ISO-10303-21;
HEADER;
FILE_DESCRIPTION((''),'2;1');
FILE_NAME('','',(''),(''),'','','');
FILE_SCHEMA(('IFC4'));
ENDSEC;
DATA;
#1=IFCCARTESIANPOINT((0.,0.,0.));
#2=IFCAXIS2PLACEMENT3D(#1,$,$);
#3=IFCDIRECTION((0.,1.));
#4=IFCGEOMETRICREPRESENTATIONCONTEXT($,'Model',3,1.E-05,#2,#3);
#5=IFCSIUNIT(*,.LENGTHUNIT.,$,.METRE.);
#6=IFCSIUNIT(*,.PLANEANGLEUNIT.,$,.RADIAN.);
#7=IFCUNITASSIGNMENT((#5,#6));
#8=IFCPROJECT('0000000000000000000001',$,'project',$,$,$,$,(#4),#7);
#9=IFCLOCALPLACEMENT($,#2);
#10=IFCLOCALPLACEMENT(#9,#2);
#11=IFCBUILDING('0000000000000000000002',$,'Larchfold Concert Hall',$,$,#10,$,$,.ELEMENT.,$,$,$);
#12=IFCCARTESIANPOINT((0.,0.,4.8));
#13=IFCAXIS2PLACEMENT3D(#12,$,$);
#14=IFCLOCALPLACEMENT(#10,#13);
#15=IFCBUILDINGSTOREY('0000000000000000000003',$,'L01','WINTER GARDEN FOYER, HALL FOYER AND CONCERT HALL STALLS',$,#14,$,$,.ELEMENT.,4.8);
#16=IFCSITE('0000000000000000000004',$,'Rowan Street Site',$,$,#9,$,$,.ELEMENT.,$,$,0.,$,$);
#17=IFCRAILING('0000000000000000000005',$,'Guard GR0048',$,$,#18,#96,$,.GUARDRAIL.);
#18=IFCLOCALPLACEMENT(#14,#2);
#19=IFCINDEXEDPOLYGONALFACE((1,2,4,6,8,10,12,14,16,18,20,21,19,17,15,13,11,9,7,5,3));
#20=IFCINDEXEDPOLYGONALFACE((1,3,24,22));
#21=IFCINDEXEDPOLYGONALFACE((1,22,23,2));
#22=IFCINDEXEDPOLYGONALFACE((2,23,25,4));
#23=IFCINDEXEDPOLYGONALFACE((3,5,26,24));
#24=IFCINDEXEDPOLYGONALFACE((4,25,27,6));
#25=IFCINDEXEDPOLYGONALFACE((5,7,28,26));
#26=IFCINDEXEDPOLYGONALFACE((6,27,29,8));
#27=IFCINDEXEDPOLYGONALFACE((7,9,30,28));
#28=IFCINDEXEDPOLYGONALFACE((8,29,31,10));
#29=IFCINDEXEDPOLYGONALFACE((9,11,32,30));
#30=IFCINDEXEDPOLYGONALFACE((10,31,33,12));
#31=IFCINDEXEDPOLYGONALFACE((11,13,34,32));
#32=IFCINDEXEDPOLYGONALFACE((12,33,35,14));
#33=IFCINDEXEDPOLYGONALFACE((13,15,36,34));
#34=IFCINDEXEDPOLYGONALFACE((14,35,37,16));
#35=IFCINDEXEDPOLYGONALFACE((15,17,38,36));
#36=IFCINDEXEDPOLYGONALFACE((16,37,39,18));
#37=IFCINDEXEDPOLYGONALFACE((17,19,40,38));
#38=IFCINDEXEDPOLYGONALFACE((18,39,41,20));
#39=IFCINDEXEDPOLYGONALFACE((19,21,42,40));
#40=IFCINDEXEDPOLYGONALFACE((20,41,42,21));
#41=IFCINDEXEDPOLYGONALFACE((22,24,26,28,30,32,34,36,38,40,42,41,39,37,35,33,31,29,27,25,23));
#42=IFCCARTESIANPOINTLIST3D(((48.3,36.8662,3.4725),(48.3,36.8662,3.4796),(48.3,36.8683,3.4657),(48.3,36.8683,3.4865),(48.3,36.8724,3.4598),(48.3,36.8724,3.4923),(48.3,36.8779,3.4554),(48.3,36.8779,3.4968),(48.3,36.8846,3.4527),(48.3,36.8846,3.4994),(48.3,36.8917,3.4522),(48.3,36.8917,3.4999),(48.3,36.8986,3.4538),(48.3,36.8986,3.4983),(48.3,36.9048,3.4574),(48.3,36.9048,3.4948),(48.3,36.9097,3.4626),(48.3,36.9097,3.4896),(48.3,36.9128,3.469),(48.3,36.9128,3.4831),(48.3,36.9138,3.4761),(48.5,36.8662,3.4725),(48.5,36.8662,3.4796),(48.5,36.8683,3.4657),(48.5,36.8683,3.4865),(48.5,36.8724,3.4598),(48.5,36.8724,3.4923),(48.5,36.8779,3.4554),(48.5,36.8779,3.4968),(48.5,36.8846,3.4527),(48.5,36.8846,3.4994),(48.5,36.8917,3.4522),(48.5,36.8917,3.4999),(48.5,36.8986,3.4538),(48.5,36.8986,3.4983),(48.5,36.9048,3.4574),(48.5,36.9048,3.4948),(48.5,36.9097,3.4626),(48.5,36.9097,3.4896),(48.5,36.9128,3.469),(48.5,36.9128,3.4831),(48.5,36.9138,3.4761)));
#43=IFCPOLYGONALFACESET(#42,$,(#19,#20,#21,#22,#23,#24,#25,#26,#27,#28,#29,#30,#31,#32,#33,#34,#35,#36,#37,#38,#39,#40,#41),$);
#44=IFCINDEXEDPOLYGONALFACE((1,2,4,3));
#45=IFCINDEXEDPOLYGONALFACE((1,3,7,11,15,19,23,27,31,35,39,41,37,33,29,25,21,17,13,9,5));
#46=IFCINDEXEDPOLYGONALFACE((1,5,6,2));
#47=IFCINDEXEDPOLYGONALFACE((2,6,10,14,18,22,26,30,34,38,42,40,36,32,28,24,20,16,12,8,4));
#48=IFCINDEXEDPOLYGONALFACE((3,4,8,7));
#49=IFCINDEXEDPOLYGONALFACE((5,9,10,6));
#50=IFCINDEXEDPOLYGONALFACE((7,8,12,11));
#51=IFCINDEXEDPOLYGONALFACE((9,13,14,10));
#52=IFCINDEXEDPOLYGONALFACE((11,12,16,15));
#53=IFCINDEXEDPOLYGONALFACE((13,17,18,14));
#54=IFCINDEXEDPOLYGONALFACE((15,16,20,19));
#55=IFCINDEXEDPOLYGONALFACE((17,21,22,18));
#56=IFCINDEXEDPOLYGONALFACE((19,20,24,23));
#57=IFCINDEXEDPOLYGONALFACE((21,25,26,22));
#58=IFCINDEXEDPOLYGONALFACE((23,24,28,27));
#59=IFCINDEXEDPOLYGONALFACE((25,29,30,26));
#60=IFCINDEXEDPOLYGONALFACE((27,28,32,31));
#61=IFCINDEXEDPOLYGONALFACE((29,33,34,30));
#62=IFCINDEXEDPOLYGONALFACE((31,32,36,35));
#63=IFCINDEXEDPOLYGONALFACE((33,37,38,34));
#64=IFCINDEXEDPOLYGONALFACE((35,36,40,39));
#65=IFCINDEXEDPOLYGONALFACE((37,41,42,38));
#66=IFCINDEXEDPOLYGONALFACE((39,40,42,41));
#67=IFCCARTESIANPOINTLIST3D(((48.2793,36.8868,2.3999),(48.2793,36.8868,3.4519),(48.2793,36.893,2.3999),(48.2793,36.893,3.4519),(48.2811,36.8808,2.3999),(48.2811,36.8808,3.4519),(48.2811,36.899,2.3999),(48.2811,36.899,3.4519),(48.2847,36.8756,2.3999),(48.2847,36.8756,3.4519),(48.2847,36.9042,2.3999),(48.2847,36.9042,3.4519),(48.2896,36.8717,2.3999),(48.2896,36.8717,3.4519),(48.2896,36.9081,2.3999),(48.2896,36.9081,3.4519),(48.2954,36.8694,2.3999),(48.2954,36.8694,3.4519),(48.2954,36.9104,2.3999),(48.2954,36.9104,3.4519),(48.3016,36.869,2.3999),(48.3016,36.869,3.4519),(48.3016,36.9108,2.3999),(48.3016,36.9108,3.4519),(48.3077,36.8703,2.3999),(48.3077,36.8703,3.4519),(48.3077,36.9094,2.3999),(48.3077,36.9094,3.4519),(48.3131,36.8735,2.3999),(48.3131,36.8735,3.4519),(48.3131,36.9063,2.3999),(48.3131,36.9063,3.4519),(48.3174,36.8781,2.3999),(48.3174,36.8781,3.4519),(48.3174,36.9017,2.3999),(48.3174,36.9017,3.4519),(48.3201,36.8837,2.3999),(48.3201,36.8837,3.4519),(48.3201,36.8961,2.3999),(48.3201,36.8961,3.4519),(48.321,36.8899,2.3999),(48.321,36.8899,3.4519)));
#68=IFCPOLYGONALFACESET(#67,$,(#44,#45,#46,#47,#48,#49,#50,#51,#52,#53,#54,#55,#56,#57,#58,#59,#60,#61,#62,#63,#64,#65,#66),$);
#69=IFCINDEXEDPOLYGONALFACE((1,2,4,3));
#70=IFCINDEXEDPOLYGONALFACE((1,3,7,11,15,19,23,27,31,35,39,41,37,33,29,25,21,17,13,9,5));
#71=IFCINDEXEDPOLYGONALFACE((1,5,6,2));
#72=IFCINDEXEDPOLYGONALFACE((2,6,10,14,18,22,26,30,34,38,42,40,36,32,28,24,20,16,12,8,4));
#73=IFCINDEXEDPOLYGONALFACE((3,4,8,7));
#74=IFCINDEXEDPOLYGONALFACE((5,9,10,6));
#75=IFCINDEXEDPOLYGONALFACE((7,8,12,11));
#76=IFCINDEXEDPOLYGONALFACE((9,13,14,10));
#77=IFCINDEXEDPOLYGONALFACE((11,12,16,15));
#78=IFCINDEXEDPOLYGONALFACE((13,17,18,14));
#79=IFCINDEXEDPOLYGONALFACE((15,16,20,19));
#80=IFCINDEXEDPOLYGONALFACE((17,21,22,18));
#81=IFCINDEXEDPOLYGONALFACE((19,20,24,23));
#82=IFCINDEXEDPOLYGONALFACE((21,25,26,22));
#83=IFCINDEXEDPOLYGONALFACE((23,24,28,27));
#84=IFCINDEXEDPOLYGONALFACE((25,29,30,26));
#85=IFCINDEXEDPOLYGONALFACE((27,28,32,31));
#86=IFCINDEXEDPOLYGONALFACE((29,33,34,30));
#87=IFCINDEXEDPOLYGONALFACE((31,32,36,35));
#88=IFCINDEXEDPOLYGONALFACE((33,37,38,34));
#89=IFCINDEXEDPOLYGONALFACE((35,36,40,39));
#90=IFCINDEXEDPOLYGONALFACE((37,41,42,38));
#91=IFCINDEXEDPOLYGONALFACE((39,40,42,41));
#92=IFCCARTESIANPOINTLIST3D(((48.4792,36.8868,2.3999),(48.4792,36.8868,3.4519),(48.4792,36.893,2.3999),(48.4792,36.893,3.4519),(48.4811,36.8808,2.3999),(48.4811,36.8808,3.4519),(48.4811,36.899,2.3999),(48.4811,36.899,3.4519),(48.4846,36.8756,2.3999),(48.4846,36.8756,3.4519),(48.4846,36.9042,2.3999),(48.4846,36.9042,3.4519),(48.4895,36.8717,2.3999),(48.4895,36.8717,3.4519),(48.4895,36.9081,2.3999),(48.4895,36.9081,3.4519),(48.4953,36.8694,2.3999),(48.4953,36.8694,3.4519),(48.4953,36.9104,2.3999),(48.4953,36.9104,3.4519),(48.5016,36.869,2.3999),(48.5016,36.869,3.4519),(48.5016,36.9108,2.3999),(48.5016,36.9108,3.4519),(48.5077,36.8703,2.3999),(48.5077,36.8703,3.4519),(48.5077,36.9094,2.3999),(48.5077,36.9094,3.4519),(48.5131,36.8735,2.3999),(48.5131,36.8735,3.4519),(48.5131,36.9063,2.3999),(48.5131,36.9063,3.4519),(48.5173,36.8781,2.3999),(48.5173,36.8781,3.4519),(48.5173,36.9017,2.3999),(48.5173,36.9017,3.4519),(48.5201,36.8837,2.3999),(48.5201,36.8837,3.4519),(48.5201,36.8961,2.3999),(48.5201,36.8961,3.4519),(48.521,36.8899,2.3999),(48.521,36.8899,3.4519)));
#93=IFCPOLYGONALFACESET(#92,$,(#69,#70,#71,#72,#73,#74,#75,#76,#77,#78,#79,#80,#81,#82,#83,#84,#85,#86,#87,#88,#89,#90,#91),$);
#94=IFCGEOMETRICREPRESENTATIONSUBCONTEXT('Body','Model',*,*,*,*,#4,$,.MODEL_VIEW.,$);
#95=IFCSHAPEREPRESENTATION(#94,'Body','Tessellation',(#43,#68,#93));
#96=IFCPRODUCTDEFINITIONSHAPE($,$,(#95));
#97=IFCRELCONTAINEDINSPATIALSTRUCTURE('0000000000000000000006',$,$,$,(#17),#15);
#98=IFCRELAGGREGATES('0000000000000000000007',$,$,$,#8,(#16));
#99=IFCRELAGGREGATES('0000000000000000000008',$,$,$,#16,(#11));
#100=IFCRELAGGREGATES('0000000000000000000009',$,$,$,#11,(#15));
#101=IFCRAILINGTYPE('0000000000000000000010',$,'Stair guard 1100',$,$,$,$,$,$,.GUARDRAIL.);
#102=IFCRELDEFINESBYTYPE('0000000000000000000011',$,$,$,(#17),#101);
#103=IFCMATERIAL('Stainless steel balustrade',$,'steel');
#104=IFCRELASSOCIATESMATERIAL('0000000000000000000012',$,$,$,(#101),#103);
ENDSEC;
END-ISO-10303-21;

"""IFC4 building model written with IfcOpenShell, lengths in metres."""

from ifc_helpers import new_model, si_unit, direction, frame, origin, origin_2d, place, context, subcontext, project, spatial, circle, extrude, material, type_object, element, save


model = new_model("IFC4")

# Units and contexts
model_context = context("Model", 3, precision=1e-05, world=origin(), true_north=direction((0.0, 1.0)))
body_context = subcontext(model_context, "Body", "Model", "MODEL_VIEW")
ifc_project = project(units=[si_unit("LENGTHUNIT", "METRE"), si_unit("PLANEANGLEUNIT", "RADIAN")], contexts=[model_context])

# Site, building, storey
site_placement = place(None, origin())
site = spatial("IfcSite", under=ifc_project, at=site_placement, Name="Rowan Street Site", CompositionType="ELEMENT", RefElevation=0.0)
building_placement = place(site_placement, origin())
building = spatial("IfcBuilding", under=site, at=building_placement, Name="Larchfold Concert Hall", CompositionType="ELEMENT")
storey_placement = place(building_placement, frame((0.0, 0.0, 4.8)))
storey = spatial("IfcBuildingStorey", under=building, at=storey_placement, Name="L01", Description="WINTER GARDEN FOYER, HALL FOYER AND CONCERT HALL STALLS", CompositionType="ELEMENT", Elevation=4.8)

# Railing
ifc_material_1 = material(Name="Stainless steel balustrade", Category="steel")
railing_type_1 = type_object("IfcRailingType", Name="Stair guard 1100", PredefinedType="GUARDRAIL", material=ifc_material_1)
railing_1_placement = place(storey_placement, frame((48.3, 36.8899, 2.3999)))
element("IfcRailing", 1, at=railing_1_placement, inside=storey, type_object=railing_type_1, Name="Guard GR0048", PredefinedType="GUARDRAIL", context=body_context, shape_type="SweptSolid", body=[
    extrude(circle(Radius=0.0239, at=origin_2d()), frame((0.0, 0.0, 1.0762), z_axis=(1.0, 0.0, 0.0), x_axis=(0.0, 1.0, 0.0)), (0.0, 0.0, 1.0), 0.2),
    extrude(circle(Radius=0.021, at=origin_2d()), origin(), (0.0, 0.0, 1.0), 1.052),
    extrude(circle(Radius=0.021, at=origin_2d()), frame((0.2, 0.0, 0.0)), (0.0, 0.0, 1.0), 1.052),
])

save(model, "model.ifc")
